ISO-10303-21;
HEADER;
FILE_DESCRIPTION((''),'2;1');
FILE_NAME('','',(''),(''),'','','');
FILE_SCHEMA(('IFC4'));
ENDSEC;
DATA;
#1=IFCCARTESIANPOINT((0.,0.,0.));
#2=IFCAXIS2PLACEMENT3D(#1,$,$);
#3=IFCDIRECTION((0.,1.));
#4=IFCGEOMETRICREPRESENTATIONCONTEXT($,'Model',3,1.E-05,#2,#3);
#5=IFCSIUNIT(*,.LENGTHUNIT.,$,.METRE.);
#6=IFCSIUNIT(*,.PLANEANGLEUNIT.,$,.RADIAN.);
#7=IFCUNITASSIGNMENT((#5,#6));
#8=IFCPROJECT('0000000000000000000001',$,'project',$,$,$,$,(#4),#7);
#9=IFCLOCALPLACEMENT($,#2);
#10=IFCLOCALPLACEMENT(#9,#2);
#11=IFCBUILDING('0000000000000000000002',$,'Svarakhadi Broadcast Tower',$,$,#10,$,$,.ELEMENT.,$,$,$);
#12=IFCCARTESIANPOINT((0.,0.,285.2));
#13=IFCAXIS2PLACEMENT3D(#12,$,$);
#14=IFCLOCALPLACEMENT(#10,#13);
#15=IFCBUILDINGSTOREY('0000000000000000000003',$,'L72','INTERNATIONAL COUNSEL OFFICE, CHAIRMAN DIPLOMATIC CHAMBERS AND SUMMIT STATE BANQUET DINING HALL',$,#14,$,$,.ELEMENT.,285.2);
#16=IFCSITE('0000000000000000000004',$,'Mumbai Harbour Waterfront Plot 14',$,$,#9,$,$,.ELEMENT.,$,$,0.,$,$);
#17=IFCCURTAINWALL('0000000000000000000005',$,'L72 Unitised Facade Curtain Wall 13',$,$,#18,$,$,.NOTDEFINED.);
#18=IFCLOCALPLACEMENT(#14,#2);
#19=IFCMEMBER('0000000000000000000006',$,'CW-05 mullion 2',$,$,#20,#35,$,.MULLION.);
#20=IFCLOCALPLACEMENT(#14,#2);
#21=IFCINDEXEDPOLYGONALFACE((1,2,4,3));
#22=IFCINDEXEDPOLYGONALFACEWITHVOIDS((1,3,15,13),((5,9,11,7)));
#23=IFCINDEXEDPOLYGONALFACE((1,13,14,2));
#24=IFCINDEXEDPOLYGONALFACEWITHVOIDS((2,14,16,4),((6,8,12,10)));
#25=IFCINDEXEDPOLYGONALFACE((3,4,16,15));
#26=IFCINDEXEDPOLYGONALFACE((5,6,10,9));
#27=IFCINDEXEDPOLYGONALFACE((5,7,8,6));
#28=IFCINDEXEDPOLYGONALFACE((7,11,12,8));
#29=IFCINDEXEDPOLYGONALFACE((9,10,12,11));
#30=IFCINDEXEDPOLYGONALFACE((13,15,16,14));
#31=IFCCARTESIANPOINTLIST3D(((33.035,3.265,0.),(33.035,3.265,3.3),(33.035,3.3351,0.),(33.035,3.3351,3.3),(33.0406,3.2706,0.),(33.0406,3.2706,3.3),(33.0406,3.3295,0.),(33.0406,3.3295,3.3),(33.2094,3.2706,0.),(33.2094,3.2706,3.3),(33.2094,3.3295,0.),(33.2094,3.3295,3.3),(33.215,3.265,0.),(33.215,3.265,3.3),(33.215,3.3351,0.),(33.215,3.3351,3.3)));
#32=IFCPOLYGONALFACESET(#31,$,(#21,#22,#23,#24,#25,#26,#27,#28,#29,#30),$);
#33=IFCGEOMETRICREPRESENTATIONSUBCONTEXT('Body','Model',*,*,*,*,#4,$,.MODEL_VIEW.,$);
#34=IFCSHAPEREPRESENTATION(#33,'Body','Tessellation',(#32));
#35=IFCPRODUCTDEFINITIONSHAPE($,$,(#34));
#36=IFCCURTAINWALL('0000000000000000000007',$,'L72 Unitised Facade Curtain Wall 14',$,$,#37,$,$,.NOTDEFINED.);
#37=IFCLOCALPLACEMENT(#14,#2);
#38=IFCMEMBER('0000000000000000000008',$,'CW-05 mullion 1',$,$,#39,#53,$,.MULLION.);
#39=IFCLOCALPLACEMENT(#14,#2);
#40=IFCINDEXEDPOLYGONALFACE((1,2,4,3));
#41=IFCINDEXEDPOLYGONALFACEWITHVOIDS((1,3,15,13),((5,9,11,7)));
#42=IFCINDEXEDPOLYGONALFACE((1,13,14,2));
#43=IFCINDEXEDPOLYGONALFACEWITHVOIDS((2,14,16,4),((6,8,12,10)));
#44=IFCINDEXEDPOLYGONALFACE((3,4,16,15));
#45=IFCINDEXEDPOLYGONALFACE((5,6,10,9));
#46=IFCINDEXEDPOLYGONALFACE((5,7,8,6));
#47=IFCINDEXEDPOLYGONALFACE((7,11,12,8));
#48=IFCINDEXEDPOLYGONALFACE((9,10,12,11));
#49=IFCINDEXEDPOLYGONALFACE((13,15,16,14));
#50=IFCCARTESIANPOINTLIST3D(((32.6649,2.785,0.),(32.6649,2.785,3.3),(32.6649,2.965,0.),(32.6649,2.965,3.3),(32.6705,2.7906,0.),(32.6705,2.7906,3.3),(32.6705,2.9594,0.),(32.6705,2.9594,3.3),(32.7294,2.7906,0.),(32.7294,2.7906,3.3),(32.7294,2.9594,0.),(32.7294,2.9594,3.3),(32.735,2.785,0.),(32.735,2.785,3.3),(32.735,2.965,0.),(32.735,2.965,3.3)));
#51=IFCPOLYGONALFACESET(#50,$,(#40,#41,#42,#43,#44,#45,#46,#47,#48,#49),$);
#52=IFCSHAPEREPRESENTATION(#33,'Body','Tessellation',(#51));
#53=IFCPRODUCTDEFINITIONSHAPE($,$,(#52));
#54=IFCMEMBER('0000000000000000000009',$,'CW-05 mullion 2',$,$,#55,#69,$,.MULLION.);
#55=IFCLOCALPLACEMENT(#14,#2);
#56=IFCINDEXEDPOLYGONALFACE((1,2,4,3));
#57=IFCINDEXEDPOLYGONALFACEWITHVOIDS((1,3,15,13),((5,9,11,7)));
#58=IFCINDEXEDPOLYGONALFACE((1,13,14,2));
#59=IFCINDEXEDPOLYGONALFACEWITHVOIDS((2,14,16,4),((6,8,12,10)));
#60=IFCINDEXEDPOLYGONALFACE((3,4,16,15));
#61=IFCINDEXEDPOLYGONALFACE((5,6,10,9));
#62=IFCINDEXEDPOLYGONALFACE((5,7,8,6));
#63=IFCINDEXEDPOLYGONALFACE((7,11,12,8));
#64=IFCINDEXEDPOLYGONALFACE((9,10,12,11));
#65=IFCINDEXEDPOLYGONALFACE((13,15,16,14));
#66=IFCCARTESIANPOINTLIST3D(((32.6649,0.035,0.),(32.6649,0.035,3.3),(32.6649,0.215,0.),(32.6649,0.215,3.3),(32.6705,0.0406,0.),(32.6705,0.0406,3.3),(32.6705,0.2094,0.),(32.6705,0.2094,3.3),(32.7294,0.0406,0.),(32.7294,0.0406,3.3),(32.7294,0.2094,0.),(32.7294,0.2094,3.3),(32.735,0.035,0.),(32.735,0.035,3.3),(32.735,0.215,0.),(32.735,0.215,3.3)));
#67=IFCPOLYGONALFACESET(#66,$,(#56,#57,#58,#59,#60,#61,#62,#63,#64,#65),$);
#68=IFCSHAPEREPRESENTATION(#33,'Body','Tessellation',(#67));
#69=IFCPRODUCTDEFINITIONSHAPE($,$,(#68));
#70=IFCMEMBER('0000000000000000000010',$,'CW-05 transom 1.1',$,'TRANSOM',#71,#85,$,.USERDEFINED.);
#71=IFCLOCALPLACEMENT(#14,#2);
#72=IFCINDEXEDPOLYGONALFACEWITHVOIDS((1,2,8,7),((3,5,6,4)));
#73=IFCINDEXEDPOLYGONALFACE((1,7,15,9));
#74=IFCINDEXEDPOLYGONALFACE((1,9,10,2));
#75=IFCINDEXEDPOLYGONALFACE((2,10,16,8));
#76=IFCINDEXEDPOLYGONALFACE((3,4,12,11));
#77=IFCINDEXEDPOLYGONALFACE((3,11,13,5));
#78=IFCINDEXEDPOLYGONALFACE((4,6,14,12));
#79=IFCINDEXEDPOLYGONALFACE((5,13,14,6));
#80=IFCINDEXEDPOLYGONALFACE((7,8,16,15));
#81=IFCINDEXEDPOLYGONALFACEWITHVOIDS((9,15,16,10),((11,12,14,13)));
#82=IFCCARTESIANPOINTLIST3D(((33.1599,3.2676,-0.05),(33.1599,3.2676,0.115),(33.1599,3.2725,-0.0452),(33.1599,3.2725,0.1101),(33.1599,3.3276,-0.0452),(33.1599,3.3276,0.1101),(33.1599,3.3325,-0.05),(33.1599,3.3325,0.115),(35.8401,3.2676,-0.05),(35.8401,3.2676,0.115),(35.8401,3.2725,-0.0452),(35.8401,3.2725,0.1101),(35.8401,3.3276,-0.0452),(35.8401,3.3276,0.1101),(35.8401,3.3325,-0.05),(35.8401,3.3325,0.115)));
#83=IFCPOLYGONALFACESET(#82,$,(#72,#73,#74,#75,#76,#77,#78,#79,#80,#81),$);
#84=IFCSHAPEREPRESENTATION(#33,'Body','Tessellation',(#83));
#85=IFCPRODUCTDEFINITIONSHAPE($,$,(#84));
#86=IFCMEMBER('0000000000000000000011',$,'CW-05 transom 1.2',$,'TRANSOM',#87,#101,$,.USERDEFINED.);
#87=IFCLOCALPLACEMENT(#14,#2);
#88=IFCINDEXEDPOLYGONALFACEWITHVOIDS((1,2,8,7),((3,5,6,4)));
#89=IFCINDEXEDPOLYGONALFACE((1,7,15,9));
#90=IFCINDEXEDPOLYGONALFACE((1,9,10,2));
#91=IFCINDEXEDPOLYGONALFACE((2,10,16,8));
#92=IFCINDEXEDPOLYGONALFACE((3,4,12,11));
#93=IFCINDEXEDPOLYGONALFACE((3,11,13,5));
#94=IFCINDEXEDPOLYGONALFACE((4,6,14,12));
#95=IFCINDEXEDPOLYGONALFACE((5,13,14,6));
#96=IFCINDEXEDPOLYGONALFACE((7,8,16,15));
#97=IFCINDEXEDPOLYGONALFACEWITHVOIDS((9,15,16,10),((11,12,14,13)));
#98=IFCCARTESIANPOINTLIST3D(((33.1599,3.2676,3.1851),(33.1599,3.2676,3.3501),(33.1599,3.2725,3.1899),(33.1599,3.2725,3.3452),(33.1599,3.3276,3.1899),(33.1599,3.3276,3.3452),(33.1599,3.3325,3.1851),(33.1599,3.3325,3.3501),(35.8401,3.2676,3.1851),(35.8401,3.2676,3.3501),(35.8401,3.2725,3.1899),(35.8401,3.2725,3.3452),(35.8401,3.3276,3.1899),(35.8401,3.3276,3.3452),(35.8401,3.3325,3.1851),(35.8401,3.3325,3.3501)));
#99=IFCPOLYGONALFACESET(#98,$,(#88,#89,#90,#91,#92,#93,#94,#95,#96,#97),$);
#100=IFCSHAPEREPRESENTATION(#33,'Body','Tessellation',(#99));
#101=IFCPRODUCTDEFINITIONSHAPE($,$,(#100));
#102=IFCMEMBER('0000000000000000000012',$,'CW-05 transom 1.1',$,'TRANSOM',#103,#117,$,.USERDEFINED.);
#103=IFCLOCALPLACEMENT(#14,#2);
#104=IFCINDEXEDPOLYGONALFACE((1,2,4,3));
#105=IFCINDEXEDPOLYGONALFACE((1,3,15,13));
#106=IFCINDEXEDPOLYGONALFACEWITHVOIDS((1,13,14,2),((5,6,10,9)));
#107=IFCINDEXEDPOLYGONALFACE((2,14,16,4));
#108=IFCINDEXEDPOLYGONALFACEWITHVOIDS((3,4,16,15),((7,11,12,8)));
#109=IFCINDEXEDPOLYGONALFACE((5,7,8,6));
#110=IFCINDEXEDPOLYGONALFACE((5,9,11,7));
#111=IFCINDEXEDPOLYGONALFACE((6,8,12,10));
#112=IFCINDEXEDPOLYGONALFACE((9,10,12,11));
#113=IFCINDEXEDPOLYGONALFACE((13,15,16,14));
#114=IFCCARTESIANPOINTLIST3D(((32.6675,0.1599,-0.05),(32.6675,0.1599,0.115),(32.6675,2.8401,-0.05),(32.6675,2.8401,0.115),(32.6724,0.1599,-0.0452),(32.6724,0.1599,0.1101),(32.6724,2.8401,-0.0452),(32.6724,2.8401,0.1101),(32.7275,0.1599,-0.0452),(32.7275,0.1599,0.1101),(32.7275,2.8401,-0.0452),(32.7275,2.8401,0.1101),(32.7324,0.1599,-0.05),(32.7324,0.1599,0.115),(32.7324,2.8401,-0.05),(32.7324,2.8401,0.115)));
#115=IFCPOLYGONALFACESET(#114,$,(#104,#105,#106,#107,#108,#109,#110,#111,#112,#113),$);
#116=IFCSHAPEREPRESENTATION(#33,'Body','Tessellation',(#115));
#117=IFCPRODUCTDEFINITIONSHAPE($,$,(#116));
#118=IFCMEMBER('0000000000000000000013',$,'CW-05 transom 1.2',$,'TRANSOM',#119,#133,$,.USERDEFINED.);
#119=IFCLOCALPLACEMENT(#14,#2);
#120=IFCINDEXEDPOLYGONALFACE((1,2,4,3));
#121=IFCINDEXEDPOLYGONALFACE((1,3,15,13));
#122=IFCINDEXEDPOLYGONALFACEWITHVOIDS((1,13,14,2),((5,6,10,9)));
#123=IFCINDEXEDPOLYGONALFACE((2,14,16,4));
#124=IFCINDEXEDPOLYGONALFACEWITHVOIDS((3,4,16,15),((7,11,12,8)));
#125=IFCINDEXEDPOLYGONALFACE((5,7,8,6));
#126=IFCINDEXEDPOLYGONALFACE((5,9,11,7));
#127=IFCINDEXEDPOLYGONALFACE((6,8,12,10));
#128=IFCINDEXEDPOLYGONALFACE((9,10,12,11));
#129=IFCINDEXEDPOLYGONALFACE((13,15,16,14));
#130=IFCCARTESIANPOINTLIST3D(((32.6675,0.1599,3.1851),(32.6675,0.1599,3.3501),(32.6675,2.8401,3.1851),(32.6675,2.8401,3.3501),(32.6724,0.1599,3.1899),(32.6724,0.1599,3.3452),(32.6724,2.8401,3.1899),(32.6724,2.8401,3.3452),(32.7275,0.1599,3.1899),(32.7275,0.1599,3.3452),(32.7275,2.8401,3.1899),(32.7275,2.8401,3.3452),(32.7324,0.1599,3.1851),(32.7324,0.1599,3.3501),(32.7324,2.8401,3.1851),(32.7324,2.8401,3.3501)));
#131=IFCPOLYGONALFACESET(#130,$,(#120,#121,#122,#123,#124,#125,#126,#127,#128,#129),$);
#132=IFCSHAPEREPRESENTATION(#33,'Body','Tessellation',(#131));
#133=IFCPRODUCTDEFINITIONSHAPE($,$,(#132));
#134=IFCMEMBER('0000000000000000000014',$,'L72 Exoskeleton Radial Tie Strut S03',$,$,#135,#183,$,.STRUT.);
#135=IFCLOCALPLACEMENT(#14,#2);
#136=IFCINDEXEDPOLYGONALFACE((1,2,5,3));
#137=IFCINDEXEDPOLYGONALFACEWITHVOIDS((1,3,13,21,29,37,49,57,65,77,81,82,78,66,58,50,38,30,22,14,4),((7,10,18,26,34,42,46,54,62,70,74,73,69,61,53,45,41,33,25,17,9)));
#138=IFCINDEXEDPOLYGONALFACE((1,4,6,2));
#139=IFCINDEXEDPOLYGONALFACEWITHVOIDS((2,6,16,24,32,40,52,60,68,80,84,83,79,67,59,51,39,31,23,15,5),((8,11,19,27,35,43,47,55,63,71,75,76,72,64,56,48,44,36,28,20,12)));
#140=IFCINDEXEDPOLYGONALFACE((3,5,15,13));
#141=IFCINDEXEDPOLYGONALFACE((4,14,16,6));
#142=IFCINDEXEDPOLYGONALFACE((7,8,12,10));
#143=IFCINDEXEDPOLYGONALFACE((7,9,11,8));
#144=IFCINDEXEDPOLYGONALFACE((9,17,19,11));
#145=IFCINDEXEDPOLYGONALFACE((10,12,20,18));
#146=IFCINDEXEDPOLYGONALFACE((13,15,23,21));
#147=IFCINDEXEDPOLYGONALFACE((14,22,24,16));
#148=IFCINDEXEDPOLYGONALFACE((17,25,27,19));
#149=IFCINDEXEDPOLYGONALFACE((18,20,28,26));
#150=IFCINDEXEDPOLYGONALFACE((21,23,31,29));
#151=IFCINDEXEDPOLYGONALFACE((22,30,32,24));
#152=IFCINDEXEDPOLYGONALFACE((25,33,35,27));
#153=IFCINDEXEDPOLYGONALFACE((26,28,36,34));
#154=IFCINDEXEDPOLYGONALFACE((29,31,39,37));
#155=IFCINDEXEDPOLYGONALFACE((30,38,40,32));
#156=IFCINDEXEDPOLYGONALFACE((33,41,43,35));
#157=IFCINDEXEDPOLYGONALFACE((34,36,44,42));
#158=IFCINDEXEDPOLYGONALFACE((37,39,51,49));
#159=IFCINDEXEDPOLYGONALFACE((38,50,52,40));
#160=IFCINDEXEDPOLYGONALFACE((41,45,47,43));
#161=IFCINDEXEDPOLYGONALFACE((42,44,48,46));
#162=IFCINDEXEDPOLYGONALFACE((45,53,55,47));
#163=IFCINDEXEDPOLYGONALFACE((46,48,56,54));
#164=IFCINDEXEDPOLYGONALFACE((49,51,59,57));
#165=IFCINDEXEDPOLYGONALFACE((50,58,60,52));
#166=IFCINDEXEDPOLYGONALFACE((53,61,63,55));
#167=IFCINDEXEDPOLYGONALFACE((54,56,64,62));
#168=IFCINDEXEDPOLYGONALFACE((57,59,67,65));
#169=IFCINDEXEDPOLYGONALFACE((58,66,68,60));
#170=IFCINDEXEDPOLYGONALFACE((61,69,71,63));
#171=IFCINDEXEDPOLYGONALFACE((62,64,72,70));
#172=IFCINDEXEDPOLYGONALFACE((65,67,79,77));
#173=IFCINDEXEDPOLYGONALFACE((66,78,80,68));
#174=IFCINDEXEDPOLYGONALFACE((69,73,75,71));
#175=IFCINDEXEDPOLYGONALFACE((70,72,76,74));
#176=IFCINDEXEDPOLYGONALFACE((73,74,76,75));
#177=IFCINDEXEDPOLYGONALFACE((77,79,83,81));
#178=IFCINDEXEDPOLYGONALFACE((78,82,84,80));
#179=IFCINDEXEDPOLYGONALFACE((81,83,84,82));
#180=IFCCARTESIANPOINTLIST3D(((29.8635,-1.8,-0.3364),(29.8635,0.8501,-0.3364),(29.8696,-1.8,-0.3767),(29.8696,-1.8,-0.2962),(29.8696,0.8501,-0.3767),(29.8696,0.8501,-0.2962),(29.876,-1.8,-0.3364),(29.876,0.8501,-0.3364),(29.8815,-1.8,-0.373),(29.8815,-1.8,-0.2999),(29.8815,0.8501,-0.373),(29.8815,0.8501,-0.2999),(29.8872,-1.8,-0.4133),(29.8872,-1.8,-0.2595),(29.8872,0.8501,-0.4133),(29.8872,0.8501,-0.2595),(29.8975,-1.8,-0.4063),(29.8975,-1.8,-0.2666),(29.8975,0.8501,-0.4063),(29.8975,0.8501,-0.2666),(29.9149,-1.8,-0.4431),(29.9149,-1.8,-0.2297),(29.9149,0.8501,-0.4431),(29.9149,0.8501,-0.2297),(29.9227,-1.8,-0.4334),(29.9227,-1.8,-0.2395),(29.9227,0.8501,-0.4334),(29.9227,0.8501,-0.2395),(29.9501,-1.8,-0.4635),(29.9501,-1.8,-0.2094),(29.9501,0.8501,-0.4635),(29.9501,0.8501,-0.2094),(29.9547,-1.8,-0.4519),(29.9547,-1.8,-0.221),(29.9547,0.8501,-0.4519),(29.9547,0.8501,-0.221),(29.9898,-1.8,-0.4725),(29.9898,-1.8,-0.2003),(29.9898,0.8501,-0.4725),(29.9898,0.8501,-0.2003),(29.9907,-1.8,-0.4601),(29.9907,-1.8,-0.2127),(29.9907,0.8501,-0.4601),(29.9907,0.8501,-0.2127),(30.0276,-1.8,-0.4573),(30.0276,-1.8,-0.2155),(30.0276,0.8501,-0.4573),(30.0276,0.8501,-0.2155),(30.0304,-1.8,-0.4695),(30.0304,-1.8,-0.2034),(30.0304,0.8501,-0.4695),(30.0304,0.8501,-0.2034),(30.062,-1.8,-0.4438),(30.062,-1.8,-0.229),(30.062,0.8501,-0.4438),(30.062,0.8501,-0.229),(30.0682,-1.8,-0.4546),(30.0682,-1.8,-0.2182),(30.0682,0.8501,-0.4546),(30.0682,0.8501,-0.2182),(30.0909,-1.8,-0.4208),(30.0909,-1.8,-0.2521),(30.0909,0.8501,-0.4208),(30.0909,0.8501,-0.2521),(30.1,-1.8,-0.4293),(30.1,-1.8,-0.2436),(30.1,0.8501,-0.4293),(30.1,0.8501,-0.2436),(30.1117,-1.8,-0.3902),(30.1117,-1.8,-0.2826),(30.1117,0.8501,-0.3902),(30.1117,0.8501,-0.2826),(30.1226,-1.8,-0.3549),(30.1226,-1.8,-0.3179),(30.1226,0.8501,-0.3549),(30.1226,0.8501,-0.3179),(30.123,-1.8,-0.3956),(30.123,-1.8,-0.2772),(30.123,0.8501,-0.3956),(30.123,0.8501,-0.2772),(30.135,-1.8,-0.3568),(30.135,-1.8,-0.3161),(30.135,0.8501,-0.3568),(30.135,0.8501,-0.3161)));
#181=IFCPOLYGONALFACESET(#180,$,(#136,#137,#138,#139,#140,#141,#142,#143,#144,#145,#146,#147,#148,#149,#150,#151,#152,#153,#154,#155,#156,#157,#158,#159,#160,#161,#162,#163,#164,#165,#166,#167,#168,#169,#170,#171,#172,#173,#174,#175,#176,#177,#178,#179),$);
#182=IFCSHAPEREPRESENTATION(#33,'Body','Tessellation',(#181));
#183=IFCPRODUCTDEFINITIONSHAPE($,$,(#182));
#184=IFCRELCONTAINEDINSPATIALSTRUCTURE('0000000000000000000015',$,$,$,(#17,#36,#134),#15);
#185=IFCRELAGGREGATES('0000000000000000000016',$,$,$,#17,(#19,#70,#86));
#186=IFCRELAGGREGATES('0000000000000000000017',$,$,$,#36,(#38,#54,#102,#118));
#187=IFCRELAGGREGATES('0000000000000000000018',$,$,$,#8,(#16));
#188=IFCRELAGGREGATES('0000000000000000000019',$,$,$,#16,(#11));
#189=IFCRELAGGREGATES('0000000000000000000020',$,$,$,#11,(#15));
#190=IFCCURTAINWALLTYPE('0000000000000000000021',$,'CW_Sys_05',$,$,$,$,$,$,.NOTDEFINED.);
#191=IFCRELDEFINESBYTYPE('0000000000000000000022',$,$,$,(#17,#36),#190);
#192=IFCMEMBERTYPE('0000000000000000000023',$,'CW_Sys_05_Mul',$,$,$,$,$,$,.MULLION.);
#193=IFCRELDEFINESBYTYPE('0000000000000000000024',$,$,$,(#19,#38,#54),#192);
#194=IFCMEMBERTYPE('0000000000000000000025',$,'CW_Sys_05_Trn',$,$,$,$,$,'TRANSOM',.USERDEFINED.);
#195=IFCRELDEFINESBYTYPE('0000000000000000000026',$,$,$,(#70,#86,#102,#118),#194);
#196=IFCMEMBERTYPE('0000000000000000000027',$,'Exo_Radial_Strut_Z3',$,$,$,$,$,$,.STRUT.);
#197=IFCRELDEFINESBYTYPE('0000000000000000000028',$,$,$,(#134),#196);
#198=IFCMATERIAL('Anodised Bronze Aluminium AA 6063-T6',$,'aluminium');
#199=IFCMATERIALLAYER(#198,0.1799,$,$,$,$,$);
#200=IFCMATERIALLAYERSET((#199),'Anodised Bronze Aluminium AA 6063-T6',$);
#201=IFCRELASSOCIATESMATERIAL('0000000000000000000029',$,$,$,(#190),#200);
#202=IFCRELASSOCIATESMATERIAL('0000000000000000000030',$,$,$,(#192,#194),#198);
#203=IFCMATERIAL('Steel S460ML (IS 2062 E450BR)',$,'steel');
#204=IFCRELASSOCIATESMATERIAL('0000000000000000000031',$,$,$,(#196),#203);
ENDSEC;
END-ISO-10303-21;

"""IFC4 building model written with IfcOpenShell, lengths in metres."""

from ifc_helpers import new_model, si_unit, direction, frame, origin, origin_2d, place, context, subcontext, project, spatial, hollow_rectangle, hollow_circle, extrude, material, layer, layer_set, material_profile, profile_set, type_object, element, aggregate, save


model = new_model("IFC4")

# Units and contexts
model_context = context("Model", 3, precision=1e-05, world=origin(), true_north=direction((0.0, 1.0)))
body_context = subcontext(model_context, "Body", "Model", "MODEL_VIEW")
ifc_project = project(units=[si_unit("LENGTHUNIT", "METRE"), si_unit("PLANEANGLEUNIT", "RADIAN")], contexts=[model_context])

# Site, building, storey
site_placement = place(None, origin())
site = spatial("IfcSite", under=ifc_project, at=site_placement, Name="Mumbai Harbour Waterfront Plot 14", CompositionType="ELEMENT", RefElevation=0.0)
building_placement = place(site_placement, origin())
building = spatial("IfcBuilding", under=site, at=building_placement, Name="Svarakhadi Broadcast Tower", CompositionType="ELEMENT")
storey_placement = place(building_placement, frame((0.0, 0.0, 285.2)))
storey = spatial("IfcBuildingStorey", under=building, at=storey_placement, Name="L72", Description="INTERNATIONAL COUNSEL OFFICE, CHAIRMAN DIPLOMATIC CHAMBERS AND SUMMIT STATE BANQUET DINING HALL", CompositionType="ELEMENT", Elevation=285.2)

# Shared definitions
ifc_material_1 = material(Name="Steel S460ML (IS 2062 E450BR)", Category="steel")

# Shared definitions
ifc_material_2 = material(Name="Anodised Bronze Aluminium AA 6063-T6", Category="aluminium")
ifc_layer_1 = layer(ifc_material_2, 0.1799)
ifc_layer_set_1 = layer_set([ifc_layer_1], Name="Anodised Bronze Aluminium AA 6063-T6")
curtain_wall_type = type_object("IfcCurtainWallType", Name="CW_Sys_05", PredefinedType="NOTDEFINED", material=ifc_layer_set_1)
ifc_material_profile_1 = material_profile(ifc_material_2, hollow_rectangle(XDim=0.0701, YDim=0.1799, WallThickness=0.0056, at=origin_2d()), Name="ALU MULLION 180x70x6")
ifc_profile_set_1 = profile_set([ifc_material_profile_1], Name="Anodised Bronze Aluminium AA 6063-T6")
member_type_1 = type_object("IfcMemberType", Name="CW_Sys_05_Mul", PredefinedType="MULLION", material=ifc_profile_set_1)

# Curtain walls, members
curtain_wall_1_placement = place(storey_placement, origin())
curtain_wall_1 = element("IfcCurtainWall", 1, at=curtain_wall_1_placement, inside=storey, type_object=curtain_wall_type, Name="L72 Unitised Facade Curtain Wall 13", PredefinedType="NOTDEFINED")
member_1_placement = place(storey_placement, frame((33.125, 3.3, 0.0), z_axis=(0.0, 0.0, 1.0), x_axis=(0.0, -1.0, 0.0)))
member_1 = element("IfcMember", 2, at=member_1_placement, type_object=member_type_1, Name="CW-05 mullion 2", PredefinedType="MULLION", context=body_context, shape_type="SweptSolid", body=[
    extrude(hollow_rectangle(XDim=0.0701, YDim=0.1799, WallThickness=0.0056, at=origin_2d()), origin(), (0.0, 0.0, 1.0), 3.3),
])
curtain_wall_2_placement = place(storey_placement, origin())
curtain_wall_2 = element("IfcCurtainWall", 3, at=curtain_wall_2_placement, inside=storey, type_object=curtain_wall_type, Name="L72 Unitised Facade Curtain Wall 14", PredefinedType="NOTDEFINED")
member_2_placement = place(storey_placement, frame((32.7, 2.875, 0.0), z_axis=(0.0, 0.0, 1.0), x_axis=(1.0, 0.0, 0.0)))
member_2 = element("IfcMember", 4, at=member_2_placement, type_object=member_type_1, Name="CW-05 mullion 1", PredefinedType="MULLION", context=body_context, shape_type="SweptSolid", body=[
    extrude(hollow_rectangle(XDim=0.0701, YDim=0.1799, WallThickness=0.0056, at=origin_2d()), origin(), (0.0, 0.0, 1.0), 3.3),
])
member_3_placement = place(storey_placement, frame((32.7, 0.125, 0.0), z_axis=(0.0, 0.0, 1.0), x_axis=(1.0, 0.0, 0.0)))
member_3 = element("IfcMember", 5, at=member_3_placement, type_object=member_type_1, Name="CW-05 mullion 2", PredefinedType="MULLION", context=body_context, shape_type="SweptSolid", body=[
    extrude(hollow_rectangle(XDim=0.0701, YDim=0.1799, WallThickness=0.0056, at=origin_2d()), origin(), (0.0, 0.0, 1.0), 3.3),
])

# Members
ifc_material_profile_2 = material_profile(ifc_material_2, hollow_rectangle(XDim=0.0649, YDim=0.165, WallThickness=0.0049, at=origin_2d()), Name="ALU TRANSOM 165x65x5")
ifc_profile_set_2 = profile_set([ifc_material_profile_2], Name="Anodised Bronze Aluminium AA 6063-T6")
member_type_2 = type_object("IfcMemberType", Name="CW_Sys_05_Trn", ElementType="TRANSOM", PredefinedType="USERDEFINED", material=ifc_profile_set_2)
member_4_placement = place(storey_placement, frame((35.8401, 3.3, 0.0325), z_axis=(-1.0, 0.0, 0.0), x_axis=(0.0, -1.0, 0.0)))
member_4 = element("IfcMember", 6, at=member_4_placement, type_object=member_type_2, Name="CW-05 transom 1.1", ObjectType="TRANSOM", PredefinedType="USERDEFINED", context=body_context, shape_type="SweptSolid", body=[
    extrude(hollow_rectangle(XDim=0.0649, YDim=0.165, WallThickness=0.0049, at=origin_2d()), origin(), (0.0, 0.0, 1.0), 2.6802),
])
member_5_placement = place(storey_placement, frame((35.8401, 3.3, 3.2676), z_axis=(-1.0, 0.0, 0.0), x_axis=(0.0, -1.0, 0.0)))
member_5 = element("IfcMember", 7, at=member_5_placement, type_object=member_type_2, Name="CW-05 transom 1.2", ObjectType="TRANSOM", PredefinedType="USERDEFINED", context=body_context, shape_type="SweptSolid", body=[
    extrude(hollow_rectangle(XDim=0.0649, YDim=0.165, WallThickness=0.0049, at=origin_2d()), origin(), (0.0, 0.0, 1.0), 2.6802),
])
member_6_placement = place(storey_placement, frame((32.7, 2.8401, 0.0325), z_axis=(0.0, -1.0, 0.0), x_axis=(1.0, 0.0, 0.0)))
member_6 = element("IfcMember", 8, at=member_6_placement, type_object=member_type_2, Name="CW-05 transom 1.1", ObjectType="TRANSOM", PredefinedType="USERDEFINED", context=body_context, shape_type="SweptSolid", body=[
    extrude(hollow_rectangle(XDim=0.0649, YDim=0.165, WallThickness=0.0049, at=origin_2d()), origin(), (0.0, 0.0, 1.0), 2.6802),
])
member_7_placement = place(storey_placement, frame((32.7, 2.8401, 3.2676), z_axis=(0.0, -1.0, 0.0), x_axis=(1.0, 0.0, 0.0)))
member_7 = element("IfcMember", 9, at=member_7_placement, type_object=member_type_2, Name="CW-05 transom 1.2", ObjectType="TRANSOM", PredefinedType="USERDEFINED", context=body_context, shape_type="SweptSolid", body=[
    extrude(hollow_rectangle(XDim=0.0649, YDim=0.165, WallThickness=0.0049, at=origin_2d()), origin(), (0.0, 0.0, 1.0), 2.6802),
])
ifc_material_profile_3 = material_profile(ifc_material_1, hollow_circle(Radius=0.1365, WallThickness=0.0125, at=origin_2d()), Name="CHS 273x12.5")
ifc_profile_set_3 = profile_set([ifc_material_profile_3], Name="Steel S460ML (IS 2062 E450BR)")
member_type_3 = type_object("IfcMemberType", Name="Exo_Radial_Strut_Z3", PredefinedType="STRUT", material=ifc_profile_set_3)
member_8_placement = place(storey_placement, frame((30.0, -1.8, -0.3364), z_axis=(0.0, 1.0, 0.0), x_axis=(-1.0, 0.0, 0.0)))
element("IfcMember", 10, at=member_8_placement, inside=storey, type_object=member_type_3, Name="L72 Exoskeleton Radial Tie Strut S03", PredefinedType="STRUT", context=body_context, shape_type="SweptSolid", body=[
    extrude(hollow_circle(Radius=0.1365, WallThickness=0.0125, at=origin_2d()), origin(), (0.0, 0.0, 1.0), 2.6501),
])

aggregate(curtain_wall_1, [member_1, member_4, member_5])
aggregate(curtain_wall_2, [member_2, member_3, member_6, member_7])

save(model, "model.ifc")
